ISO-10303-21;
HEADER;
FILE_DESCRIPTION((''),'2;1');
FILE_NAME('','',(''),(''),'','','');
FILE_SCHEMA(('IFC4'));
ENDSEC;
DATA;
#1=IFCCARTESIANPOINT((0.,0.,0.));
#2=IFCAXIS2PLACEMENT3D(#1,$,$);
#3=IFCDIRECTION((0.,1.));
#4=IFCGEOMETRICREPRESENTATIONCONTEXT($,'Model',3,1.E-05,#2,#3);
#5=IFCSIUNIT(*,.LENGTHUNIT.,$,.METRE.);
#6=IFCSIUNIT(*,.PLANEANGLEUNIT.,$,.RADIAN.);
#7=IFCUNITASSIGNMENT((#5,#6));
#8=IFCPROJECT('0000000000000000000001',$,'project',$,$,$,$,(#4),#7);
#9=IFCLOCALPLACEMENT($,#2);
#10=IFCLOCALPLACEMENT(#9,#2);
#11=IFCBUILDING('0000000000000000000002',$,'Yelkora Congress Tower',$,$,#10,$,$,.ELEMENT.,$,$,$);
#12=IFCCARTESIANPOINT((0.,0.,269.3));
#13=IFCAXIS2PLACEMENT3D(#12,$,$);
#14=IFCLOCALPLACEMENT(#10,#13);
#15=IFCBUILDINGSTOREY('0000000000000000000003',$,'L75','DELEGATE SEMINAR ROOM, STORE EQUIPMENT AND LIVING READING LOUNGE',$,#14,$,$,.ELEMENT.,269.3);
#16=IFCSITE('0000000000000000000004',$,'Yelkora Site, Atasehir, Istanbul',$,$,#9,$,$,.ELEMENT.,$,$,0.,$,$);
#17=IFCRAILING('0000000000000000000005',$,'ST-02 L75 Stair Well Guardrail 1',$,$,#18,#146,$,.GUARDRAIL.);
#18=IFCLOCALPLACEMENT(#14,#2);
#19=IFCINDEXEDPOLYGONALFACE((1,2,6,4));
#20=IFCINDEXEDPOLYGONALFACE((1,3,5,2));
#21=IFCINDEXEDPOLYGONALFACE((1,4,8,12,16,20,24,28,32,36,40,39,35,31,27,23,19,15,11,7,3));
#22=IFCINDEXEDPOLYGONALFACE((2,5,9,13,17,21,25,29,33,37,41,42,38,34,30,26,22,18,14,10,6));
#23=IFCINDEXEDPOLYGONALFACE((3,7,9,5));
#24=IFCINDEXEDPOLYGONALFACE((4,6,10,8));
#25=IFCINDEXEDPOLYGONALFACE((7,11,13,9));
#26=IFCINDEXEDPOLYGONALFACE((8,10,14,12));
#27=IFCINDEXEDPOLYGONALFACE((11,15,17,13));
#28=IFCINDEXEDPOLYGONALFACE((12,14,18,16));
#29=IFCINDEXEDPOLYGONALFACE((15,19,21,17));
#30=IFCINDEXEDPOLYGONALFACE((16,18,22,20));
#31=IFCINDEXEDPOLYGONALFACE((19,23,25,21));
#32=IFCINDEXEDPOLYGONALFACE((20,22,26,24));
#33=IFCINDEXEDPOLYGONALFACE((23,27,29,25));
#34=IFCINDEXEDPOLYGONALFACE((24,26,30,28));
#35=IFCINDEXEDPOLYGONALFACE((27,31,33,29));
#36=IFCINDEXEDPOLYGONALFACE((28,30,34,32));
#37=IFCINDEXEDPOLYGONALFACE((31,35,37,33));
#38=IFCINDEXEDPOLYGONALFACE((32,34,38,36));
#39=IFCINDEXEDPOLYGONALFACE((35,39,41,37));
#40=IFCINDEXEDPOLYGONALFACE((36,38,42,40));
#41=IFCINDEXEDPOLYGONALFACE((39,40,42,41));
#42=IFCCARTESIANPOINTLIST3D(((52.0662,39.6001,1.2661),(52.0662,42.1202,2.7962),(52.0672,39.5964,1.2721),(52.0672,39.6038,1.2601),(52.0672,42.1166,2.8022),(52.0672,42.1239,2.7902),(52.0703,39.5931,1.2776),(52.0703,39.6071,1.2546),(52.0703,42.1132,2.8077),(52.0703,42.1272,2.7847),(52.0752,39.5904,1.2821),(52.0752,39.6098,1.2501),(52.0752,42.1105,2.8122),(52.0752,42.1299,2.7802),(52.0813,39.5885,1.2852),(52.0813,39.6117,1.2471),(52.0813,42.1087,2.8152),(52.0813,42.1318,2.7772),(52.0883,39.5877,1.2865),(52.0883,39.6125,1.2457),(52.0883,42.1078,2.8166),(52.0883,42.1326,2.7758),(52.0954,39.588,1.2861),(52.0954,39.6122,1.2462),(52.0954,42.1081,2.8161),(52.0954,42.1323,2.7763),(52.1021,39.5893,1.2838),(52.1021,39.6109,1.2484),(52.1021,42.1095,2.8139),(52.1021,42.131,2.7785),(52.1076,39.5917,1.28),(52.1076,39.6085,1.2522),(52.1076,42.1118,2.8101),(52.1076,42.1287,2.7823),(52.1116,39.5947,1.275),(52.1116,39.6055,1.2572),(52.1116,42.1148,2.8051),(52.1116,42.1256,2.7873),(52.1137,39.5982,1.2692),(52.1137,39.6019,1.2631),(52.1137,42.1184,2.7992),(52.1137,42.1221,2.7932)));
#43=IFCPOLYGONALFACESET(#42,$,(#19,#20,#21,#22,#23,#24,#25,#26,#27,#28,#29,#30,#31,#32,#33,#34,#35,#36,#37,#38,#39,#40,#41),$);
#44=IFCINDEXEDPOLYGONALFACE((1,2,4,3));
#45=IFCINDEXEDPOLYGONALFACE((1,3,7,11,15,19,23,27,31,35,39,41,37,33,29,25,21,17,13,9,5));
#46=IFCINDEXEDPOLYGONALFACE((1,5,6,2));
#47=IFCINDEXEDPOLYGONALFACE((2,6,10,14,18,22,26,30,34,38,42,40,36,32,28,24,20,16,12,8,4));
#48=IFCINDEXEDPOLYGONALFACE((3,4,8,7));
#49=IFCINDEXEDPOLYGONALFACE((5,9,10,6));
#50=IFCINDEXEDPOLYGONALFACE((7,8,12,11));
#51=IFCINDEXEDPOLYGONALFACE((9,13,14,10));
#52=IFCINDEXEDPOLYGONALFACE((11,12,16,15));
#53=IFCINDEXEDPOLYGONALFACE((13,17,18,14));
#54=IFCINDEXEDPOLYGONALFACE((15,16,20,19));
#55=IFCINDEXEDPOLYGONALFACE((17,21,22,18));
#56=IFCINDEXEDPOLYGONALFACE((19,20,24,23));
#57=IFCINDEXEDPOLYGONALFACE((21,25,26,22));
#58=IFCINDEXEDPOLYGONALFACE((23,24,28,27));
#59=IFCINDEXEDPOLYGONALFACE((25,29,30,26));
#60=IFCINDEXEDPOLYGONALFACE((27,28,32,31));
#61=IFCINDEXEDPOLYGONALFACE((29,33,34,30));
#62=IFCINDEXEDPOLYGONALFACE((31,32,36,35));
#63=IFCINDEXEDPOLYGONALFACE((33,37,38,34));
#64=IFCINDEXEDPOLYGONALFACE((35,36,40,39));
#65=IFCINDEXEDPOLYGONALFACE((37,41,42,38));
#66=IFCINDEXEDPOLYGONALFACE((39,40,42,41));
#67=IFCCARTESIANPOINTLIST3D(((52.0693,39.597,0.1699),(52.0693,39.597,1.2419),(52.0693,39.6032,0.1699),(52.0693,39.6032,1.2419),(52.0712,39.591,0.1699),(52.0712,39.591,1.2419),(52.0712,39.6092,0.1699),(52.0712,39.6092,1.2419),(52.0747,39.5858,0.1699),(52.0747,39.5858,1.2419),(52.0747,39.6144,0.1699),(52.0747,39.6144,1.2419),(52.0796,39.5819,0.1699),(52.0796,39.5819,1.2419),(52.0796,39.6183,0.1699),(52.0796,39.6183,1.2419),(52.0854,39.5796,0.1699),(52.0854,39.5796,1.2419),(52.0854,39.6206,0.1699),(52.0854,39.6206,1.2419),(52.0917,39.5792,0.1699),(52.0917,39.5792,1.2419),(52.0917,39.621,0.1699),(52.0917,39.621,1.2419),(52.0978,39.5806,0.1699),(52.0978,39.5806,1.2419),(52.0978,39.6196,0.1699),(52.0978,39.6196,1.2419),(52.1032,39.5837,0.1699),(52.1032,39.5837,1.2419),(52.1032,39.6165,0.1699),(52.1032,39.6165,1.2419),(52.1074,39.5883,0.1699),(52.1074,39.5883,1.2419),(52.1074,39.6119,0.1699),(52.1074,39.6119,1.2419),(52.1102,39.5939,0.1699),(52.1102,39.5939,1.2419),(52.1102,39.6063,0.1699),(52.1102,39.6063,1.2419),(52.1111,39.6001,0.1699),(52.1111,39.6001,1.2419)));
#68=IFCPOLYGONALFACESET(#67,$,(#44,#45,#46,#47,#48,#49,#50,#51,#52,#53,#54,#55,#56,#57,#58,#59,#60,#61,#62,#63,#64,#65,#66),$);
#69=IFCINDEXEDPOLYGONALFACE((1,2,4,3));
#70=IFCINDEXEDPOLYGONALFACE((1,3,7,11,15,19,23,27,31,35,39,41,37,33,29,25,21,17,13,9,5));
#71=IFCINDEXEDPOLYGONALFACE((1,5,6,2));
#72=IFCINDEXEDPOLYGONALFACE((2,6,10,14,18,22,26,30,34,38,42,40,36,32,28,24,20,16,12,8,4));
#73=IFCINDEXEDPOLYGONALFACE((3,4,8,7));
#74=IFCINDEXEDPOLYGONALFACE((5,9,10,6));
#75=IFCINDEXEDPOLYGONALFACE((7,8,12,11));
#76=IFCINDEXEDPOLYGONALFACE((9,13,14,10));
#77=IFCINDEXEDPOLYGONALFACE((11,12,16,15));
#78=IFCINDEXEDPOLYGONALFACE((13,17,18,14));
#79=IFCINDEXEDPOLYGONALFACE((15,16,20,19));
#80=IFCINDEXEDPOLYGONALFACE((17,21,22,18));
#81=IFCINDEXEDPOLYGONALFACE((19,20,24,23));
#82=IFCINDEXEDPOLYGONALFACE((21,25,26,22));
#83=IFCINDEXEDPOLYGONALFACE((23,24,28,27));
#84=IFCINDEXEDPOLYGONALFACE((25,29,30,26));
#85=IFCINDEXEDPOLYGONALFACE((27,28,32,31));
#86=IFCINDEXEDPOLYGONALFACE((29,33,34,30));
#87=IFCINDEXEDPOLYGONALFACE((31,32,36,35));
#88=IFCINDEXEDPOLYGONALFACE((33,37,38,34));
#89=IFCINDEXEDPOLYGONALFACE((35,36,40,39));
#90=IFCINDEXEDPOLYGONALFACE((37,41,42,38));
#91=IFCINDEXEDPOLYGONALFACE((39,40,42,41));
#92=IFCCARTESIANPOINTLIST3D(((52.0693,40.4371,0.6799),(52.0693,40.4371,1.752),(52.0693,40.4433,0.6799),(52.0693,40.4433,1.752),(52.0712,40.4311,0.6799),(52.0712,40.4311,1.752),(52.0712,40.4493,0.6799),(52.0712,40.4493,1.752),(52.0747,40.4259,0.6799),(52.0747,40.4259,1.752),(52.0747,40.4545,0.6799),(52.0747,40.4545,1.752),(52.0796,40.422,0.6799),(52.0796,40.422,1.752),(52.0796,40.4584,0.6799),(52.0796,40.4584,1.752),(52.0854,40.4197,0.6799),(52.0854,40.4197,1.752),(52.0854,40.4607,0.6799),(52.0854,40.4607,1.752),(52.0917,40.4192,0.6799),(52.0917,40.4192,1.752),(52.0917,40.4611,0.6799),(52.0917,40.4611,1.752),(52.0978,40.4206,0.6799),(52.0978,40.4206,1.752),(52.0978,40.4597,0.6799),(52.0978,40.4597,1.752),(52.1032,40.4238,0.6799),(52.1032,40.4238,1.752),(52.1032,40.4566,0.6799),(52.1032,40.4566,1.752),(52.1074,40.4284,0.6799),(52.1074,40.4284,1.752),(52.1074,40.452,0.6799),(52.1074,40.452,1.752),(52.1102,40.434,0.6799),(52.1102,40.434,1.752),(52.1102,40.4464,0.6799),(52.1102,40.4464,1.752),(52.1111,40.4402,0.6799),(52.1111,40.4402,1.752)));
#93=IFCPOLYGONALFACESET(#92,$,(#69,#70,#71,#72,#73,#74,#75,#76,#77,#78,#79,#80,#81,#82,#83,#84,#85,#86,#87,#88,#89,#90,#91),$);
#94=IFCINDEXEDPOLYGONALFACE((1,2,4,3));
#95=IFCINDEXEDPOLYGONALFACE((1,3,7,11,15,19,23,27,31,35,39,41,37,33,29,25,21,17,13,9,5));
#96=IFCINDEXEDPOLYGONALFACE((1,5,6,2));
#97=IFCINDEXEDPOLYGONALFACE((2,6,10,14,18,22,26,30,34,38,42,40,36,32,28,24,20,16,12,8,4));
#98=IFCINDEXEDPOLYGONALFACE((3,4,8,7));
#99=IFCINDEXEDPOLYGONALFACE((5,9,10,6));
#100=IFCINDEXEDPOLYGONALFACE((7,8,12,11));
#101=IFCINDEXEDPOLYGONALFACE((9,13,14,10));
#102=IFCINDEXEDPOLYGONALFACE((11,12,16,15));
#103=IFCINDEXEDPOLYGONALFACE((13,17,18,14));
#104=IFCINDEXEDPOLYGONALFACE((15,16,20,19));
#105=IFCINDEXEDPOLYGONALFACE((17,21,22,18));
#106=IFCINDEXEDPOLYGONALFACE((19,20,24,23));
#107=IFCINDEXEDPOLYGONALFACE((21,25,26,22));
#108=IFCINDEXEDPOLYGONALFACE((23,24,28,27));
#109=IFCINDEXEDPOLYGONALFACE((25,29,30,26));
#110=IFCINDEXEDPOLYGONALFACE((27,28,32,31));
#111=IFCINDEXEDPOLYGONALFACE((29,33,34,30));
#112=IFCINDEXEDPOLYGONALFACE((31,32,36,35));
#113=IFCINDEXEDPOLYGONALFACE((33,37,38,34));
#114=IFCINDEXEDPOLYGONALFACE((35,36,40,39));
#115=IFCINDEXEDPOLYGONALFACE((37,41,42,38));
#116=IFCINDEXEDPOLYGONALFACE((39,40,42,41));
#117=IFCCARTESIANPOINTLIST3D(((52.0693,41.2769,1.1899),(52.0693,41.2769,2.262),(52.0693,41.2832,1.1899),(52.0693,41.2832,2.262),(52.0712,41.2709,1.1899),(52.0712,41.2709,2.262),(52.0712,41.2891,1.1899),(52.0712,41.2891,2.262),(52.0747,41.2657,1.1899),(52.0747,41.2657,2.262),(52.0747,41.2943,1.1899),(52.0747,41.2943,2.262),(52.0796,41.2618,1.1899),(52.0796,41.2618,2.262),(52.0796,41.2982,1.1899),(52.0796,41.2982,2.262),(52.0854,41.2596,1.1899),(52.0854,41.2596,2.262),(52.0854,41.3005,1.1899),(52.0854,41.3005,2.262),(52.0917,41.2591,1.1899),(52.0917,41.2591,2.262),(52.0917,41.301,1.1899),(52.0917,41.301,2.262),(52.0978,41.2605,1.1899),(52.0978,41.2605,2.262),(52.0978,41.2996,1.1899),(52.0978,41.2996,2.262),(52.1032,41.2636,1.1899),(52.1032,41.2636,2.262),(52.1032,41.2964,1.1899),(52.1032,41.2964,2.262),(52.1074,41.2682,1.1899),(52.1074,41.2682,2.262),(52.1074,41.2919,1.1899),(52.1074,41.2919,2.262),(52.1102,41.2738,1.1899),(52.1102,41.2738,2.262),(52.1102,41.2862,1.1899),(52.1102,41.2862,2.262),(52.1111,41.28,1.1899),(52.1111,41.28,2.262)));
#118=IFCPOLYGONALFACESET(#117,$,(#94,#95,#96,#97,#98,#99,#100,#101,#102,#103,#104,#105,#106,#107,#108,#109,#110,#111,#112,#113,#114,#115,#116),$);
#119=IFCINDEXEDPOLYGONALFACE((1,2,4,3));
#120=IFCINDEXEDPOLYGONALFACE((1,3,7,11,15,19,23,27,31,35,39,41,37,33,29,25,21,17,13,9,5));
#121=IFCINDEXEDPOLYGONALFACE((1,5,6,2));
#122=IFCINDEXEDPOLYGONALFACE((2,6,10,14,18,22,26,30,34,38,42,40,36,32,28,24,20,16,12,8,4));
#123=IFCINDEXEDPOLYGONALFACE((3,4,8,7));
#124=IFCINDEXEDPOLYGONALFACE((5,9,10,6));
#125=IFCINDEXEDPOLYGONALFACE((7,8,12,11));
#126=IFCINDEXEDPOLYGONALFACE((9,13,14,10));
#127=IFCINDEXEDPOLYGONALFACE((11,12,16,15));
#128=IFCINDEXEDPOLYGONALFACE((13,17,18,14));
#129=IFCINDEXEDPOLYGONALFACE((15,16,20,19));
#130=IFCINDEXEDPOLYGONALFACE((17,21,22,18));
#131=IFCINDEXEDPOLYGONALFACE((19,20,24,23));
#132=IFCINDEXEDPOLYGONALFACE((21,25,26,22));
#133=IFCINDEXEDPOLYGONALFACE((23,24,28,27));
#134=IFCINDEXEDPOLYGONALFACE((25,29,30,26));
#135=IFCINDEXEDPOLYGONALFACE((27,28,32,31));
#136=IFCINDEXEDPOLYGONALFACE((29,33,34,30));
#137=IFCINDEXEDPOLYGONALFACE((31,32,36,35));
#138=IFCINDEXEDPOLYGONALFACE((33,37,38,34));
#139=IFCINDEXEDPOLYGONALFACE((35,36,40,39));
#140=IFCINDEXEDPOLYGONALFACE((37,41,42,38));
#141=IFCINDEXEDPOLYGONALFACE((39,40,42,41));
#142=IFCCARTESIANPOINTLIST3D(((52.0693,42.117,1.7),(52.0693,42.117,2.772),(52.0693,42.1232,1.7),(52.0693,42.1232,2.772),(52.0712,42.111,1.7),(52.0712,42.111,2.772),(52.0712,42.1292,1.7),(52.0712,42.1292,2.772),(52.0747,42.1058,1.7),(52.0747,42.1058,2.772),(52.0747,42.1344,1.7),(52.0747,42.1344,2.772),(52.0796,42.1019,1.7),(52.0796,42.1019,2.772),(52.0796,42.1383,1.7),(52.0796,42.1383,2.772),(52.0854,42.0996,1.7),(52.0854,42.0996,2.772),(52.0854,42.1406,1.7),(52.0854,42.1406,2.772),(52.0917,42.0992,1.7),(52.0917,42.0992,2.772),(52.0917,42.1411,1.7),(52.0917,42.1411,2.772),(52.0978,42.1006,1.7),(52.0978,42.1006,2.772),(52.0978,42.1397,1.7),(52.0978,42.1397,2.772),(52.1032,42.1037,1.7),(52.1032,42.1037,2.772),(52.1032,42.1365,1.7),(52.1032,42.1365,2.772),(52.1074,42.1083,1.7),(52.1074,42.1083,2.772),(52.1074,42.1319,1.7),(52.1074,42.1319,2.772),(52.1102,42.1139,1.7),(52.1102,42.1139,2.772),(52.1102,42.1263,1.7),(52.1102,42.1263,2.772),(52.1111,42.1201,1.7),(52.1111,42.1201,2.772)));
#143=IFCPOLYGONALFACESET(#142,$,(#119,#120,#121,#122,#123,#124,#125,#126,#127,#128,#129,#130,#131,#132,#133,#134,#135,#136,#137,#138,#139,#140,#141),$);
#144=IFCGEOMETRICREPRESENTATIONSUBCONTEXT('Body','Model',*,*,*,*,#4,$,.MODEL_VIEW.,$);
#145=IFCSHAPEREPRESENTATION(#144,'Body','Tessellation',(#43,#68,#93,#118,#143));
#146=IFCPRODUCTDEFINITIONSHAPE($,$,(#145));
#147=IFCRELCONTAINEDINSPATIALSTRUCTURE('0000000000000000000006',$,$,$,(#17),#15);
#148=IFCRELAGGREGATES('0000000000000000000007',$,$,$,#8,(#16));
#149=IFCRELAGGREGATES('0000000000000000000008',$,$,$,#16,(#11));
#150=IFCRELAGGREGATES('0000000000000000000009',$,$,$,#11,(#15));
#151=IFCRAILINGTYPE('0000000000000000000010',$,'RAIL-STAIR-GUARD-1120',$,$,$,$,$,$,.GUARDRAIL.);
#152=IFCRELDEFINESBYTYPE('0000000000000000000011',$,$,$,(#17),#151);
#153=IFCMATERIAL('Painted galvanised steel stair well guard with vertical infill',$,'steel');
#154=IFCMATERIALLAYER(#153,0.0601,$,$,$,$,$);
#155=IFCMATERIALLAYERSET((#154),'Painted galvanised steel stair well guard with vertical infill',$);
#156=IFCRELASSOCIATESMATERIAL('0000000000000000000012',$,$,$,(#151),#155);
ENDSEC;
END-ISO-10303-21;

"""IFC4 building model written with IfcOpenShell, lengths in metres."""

from ifc_helpers import new_model, si_unit, direction, frame, origin, origin_2d, place, context, subcontext, project, spatial, circle, extrude, material, layer, layer_set, type_object, element, save


model = new_model("IFC4")

# Units and contexts
model_context = context("Model", 3, precision=1e-05, world=origin(), true_north=direction((0.0, 1.0)))
body_context = subcontext(model_context, "Body", "Model", "MODEL_VIEW")
ifc_project = project(units=[si_unit("LENGTHUNIT", "METRE"), si_unit("PLANEANGLEUNIT", "RADIAN")], contexts=[model_context])

# Site, building, storey
site_placement = place(None, origin())
site = spatial("IfcSite", under=ifc_project, at=site_placement, Name="Yelkora Site, Atasehir, Istanbul", CompositionType="ELEMENT", RefElevation=0.0)
building_placement = place(site_placement, origin())
building = spatial("IfcBuilding", under=site, at=building_placement, Name="Yelkora Congress Tower", CompositionType="ELEMENT")
storey_placement = place(building_placement, frame((0.0, 0.0, 269.3)))
storey = spatial("IfcBuildingStorey", under=building, at=storey_placement, Name="L75", Description="DELEGATE SEMINAR ROOM, STORE EQUIPMENT AND LIVING READING LOUNGE", CompositionType="ELEMENT", Elevation=269.3)

# Railing
ifc_material_1 = material(Name="Painted galvanised steel stair well guard with vertical infill", Category="steel")
ifc_layer_1 = layer(ifc_material_1, 0.0601)
ifc_layer_set_1 = layer_set([ifc_layer_1], Name="Painted galvanised steel stair well guard with vertical infill")
railing_type_1 = type_object("IfcRailingType", Name="RAIL-STAIR-GUARD-1120", PredefinedType="GUARDRAIL", material=ifc_layer_set_1)
railing_1_placement = place(storey_placement, frame((52.0901, 39.6001, 0.1699)))
element("IfcRailing", 1, at=railing_1_placement, inside=storey, type_object=railing_type_1, Name="ST-02 L75 Stair Well Guardrail 1", PredefinedType="GUARDRAIL", context=body_context, shape_type="SweptSolid", body=[
    extrude(circle(Radius=0.0239, at=origin_2d()), frame((0.0, 0.0, 1.0962), z_axis=(0.0, 0.854785, 0.518982), x_axis=(-1.0, 0.0, 0.0)), (0.0, 0.0, 1.0), 2.9482),
    extrude(circle(Radius=0.021, at=origin_2d()), origin(), (0.0, 0.0, 1.0), 1.072),
    extrude(circle(Radius=0.021, at=origin_2d()), frame((0.0, 0.8401, 0.51)), (0.0, 0.0, 1.0), 1.072),
    extrude(circle(Radius=0.021, at=origin_2d()), frame((0.0, 1.6799, 1.02)), (0.0, 0.0, 1.0), 1.072),
    extrude(circle(Radius=0.021, at=origin_2d()), frame((0.0, 2.52, 1.53)), (0.0, 0.0, 1.0), 1.072),
])

save(model, "model.ifc")
